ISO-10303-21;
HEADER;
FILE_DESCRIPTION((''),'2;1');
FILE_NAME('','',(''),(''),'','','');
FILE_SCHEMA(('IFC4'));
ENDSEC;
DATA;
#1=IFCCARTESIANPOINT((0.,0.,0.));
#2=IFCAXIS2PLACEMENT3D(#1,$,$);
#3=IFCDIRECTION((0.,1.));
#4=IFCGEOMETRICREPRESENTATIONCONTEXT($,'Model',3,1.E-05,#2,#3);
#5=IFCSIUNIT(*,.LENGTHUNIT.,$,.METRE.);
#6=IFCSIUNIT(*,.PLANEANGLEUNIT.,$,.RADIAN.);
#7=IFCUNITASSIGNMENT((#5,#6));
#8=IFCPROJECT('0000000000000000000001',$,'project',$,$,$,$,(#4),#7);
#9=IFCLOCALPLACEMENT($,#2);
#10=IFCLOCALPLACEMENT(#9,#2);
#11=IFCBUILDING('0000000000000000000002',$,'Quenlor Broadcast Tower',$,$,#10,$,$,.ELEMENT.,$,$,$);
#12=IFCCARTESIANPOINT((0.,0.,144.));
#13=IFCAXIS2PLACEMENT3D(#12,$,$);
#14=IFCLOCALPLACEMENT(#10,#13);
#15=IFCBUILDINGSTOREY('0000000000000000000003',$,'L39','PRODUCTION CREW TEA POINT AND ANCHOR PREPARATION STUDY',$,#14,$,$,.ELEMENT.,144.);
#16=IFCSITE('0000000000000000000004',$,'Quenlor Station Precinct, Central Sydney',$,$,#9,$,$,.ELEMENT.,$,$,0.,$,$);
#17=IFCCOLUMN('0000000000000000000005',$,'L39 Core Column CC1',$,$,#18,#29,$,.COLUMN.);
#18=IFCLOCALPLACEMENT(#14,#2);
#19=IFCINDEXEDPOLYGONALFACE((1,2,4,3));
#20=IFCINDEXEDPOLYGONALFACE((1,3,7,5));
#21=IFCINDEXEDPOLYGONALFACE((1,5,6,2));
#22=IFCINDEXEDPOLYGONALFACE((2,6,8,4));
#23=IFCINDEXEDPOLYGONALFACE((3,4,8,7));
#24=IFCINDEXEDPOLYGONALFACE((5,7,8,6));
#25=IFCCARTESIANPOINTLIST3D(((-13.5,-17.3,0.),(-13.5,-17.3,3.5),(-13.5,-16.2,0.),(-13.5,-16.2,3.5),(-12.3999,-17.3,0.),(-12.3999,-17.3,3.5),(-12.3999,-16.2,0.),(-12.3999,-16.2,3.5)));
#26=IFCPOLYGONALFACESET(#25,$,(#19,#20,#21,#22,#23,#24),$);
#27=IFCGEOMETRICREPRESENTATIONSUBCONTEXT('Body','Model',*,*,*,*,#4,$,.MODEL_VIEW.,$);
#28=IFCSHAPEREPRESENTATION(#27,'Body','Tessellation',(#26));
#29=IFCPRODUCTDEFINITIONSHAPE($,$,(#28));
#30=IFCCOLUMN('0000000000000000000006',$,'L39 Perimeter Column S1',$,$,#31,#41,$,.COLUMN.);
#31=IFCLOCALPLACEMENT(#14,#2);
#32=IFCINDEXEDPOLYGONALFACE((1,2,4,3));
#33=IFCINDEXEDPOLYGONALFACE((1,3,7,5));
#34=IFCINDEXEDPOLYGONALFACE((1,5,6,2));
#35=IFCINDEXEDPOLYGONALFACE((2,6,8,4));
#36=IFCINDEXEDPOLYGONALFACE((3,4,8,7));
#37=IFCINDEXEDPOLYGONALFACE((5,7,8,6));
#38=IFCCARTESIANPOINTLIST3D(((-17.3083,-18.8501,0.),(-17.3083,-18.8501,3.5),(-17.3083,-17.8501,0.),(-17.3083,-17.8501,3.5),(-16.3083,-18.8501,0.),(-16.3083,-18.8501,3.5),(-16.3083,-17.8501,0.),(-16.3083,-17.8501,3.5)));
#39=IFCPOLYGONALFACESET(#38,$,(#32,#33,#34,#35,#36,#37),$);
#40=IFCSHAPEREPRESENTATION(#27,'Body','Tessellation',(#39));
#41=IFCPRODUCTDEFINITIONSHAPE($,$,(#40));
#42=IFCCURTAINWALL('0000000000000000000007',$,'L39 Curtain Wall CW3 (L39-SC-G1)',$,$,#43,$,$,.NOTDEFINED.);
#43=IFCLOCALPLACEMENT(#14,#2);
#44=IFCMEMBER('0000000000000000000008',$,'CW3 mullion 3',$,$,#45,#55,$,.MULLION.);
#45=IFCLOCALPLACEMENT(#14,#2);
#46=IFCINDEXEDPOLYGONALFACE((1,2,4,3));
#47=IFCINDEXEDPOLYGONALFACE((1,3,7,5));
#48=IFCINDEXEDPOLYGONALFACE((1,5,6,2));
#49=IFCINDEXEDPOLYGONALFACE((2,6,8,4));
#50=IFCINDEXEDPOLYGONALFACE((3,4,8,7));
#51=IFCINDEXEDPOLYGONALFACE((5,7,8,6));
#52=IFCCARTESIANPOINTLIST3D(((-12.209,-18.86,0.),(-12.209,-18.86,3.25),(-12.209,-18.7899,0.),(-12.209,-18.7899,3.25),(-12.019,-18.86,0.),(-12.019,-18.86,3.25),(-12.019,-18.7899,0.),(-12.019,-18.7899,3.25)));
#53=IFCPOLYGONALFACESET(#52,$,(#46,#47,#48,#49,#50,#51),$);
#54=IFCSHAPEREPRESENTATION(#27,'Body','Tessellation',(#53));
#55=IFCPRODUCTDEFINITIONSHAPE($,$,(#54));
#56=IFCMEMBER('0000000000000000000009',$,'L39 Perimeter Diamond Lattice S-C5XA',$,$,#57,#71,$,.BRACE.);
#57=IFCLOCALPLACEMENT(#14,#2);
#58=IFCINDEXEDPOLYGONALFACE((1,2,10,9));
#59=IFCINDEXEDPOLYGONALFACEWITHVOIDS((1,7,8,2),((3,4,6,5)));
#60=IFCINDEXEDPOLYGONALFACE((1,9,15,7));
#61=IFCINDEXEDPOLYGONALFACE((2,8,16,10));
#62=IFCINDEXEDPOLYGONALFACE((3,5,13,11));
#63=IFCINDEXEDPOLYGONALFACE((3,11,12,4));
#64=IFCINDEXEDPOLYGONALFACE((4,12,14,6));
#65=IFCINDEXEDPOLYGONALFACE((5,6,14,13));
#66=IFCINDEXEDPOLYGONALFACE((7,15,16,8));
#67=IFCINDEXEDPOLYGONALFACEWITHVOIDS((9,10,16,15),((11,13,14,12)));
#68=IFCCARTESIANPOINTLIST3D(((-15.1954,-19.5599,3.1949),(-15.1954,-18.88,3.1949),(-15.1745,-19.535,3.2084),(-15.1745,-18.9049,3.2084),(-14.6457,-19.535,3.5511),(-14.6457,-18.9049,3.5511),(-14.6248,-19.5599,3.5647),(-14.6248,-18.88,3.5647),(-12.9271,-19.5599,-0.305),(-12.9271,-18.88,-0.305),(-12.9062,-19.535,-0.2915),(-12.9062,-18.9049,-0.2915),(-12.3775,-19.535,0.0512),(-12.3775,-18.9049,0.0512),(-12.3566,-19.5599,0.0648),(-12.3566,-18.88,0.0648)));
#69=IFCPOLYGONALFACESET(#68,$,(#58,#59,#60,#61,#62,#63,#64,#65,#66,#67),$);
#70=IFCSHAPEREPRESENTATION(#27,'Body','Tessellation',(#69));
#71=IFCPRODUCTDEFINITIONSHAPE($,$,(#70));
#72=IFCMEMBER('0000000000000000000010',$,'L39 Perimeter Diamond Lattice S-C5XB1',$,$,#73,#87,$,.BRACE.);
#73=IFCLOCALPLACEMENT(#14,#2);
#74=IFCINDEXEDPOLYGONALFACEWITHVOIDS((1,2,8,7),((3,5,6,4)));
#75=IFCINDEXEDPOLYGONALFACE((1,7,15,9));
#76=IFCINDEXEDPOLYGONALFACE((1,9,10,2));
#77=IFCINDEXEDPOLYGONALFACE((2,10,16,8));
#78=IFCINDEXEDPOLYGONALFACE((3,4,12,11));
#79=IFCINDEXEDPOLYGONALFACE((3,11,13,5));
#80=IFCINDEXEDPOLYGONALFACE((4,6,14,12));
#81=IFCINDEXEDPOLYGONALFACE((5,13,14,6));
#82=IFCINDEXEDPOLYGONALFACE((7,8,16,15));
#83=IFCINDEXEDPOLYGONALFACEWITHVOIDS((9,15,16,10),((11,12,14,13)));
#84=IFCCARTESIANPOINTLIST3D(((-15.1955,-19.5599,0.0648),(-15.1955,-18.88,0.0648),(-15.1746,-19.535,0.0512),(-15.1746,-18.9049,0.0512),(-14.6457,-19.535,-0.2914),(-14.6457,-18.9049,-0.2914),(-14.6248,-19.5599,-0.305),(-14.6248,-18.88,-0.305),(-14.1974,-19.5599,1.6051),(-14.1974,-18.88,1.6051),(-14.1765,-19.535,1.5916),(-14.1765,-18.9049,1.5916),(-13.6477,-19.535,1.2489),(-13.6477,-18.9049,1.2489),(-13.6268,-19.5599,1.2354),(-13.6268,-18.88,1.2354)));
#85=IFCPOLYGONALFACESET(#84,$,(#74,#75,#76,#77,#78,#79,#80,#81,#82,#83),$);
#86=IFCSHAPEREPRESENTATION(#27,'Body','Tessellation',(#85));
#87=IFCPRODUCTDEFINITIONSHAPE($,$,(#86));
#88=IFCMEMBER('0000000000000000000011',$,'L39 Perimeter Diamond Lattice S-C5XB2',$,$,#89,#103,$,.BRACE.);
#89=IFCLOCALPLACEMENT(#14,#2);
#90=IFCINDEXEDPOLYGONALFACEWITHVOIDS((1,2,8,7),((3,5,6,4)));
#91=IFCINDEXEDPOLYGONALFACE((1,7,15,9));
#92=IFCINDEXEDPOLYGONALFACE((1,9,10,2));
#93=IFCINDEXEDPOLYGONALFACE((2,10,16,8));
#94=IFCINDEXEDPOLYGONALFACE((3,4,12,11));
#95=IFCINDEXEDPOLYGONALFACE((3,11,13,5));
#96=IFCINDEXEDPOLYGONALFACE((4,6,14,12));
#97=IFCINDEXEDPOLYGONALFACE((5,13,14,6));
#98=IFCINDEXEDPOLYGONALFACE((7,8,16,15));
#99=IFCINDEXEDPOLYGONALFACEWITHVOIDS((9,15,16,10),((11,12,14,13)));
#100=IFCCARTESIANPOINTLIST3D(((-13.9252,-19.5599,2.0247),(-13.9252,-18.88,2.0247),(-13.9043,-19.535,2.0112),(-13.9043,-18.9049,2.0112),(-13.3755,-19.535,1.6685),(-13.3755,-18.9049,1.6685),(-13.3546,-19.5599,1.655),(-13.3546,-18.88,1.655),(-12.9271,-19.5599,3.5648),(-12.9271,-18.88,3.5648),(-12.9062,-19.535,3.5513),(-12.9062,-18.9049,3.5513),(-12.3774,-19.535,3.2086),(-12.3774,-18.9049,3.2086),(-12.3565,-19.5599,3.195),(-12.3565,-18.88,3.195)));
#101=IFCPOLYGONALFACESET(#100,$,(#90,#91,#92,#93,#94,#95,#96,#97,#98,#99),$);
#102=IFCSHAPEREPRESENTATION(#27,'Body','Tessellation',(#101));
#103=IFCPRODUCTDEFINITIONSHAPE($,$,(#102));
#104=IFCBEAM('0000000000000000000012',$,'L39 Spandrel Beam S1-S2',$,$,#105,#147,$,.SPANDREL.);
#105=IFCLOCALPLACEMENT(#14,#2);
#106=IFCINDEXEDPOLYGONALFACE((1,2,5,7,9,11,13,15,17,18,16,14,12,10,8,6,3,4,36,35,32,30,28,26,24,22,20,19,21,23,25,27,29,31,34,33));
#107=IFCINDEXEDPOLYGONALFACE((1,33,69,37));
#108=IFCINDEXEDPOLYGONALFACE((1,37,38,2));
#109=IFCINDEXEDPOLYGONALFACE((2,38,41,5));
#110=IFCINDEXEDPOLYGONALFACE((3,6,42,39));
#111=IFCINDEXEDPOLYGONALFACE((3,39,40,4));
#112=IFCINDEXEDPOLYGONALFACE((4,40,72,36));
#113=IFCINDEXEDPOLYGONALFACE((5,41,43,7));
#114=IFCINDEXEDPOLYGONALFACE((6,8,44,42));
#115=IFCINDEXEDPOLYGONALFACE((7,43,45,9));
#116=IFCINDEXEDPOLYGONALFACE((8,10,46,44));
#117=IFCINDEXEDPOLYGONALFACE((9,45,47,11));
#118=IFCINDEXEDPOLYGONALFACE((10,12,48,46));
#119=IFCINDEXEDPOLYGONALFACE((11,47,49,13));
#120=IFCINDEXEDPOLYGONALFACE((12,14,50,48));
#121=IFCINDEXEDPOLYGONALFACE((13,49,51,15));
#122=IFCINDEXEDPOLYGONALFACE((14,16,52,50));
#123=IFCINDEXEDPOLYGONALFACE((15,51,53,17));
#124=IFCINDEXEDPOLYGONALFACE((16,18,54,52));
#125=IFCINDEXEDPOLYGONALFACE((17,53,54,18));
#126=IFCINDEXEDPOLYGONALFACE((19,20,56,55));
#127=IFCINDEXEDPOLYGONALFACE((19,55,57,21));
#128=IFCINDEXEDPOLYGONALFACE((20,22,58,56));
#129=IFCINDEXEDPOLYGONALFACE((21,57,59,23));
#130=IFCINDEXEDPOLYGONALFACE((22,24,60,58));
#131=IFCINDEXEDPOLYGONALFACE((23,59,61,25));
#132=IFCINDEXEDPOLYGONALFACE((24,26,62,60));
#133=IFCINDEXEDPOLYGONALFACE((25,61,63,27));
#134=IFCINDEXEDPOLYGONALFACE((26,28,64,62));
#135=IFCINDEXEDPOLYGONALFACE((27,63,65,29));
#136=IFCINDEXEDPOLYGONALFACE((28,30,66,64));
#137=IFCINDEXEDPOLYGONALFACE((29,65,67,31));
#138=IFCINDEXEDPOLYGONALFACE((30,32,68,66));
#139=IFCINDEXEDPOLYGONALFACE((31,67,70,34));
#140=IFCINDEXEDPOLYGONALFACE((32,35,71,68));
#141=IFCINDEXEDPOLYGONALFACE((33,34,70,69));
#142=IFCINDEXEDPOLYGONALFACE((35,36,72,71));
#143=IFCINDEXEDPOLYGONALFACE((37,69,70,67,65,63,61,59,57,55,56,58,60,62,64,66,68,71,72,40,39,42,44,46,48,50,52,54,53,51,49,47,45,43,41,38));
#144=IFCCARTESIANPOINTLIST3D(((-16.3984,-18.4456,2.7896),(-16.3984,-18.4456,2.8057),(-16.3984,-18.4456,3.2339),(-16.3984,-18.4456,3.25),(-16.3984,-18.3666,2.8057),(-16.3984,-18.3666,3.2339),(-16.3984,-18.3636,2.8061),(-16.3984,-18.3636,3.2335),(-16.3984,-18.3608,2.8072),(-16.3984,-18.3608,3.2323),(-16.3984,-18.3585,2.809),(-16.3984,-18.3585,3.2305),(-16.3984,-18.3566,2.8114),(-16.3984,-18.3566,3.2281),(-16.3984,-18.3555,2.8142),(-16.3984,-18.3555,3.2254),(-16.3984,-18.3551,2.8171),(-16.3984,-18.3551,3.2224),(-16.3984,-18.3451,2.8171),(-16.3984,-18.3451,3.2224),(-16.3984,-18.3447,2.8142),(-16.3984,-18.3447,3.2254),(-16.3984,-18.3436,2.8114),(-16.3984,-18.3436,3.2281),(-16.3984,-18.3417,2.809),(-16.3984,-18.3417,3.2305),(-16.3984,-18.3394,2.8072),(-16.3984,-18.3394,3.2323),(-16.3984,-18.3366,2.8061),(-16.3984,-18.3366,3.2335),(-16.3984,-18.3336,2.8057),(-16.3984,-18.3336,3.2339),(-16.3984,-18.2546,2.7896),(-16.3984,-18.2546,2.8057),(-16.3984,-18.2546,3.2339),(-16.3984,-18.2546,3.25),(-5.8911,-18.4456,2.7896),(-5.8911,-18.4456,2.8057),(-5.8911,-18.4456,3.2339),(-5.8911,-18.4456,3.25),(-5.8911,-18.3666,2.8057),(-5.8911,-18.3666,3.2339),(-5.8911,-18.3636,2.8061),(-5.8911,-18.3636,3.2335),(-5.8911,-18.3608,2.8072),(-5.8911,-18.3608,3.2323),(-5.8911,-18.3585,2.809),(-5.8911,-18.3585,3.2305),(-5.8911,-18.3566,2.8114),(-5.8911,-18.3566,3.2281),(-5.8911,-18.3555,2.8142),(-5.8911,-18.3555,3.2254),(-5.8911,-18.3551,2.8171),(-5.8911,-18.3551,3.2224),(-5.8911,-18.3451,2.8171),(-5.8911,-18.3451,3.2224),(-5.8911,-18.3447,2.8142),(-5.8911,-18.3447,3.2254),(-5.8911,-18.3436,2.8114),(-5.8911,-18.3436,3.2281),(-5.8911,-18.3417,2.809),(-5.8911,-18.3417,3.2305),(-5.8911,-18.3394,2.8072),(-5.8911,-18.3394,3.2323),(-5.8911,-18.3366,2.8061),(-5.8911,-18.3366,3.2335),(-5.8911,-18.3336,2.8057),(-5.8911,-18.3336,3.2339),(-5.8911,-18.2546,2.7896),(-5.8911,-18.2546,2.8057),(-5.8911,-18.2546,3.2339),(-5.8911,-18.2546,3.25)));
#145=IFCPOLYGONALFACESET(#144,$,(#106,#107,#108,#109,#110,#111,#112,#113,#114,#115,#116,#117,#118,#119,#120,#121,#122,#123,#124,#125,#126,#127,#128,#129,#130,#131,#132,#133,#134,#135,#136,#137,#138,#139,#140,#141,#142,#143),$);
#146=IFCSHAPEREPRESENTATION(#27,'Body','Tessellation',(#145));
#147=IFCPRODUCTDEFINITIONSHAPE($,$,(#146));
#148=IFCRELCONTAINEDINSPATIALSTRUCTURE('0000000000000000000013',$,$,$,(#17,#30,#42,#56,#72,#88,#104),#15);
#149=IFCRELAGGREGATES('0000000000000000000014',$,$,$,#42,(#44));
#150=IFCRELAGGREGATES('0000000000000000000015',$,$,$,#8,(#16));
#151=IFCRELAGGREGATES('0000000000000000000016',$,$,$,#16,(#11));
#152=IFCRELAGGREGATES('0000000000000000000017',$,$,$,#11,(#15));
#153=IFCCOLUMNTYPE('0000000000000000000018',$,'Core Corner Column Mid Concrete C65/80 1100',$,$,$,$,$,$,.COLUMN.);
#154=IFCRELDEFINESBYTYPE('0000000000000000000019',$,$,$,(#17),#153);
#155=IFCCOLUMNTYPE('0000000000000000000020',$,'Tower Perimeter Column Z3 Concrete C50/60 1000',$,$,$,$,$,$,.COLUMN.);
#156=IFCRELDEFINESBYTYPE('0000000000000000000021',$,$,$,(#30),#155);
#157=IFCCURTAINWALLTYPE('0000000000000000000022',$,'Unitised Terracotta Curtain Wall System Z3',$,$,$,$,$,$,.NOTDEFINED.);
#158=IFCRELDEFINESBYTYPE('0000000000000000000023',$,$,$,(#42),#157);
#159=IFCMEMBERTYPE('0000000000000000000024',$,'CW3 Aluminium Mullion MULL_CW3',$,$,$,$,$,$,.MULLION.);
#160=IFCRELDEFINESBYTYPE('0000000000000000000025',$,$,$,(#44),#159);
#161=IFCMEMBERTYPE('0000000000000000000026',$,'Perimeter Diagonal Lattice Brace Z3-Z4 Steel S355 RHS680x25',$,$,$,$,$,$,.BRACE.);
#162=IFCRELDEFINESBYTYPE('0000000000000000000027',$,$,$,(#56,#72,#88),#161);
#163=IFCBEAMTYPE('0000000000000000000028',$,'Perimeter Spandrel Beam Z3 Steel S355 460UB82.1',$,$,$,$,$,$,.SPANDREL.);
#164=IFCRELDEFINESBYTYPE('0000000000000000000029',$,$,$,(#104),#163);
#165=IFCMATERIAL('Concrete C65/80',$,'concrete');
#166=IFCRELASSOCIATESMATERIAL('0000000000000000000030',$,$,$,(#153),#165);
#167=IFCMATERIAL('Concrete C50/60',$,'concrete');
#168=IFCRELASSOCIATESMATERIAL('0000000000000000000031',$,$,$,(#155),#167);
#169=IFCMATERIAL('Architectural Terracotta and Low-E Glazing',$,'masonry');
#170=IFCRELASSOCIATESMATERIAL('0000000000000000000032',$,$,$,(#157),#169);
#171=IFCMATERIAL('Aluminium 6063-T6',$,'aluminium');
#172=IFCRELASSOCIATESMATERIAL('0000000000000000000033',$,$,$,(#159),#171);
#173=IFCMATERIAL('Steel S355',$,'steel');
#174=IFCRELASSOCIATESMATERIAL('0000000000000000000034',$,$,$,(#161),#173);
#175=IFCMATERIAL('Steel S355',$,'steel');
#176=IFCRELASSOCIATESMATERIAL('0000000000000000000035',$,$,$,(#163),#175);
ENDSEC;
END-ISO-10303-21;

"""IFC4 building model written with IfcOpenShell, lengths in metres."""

from ifc_helpers import new_model, si_unit, direction, frame, origin, origin_2d, place, context, subcontext, project, spatial, rectangle, hollow_rectangle, i_section, extrude, material, material_profile, profile_set, type_object, element, aggregate, save


model = new_model("IFC4")

# Units and contexts
model_context = context("Model", 3, precision=1e-05, world=origin(), true_north=direction((0.0, 1.0)))
body_context = subcontext(model_context, "Body", "Model", "MODEL_VIEW")
ifc_project = project(units=[si_unit("LENGTHUNIT", "METRE"), si_unit("PLANEANGLEUNIT", "RADIAN")], contexts=[model_context])

# Site, building, storey
site_placement = place(None, origin())
site = spatial("IfcSite", under=ifc_project, at=site_placement, Name="Quenlor Station Precinct, Central Sydney", CompositionType="ELEMENT", RefElevation=0.0)
building_placement = place(site_placement, origin())
building = spatial("IfcBuilding", under=site, at=building_placement, Name="Quenlor Broadcast Tower", CompositionType="ELEMENT")
storey_placement = place(building_placement, frame((0.0, 0.0, 144.0)))
storey = spatial("IfcBuildingStorey", under=building, at=storey_placement, Name="L39", Description="PRODUCTION CREW TEA POINT AND ANCHOR PREPARATION STUDY", CompositionType="ELEMENT", Elevation=144.0)

# Columns
ifc_material_1 = material(Name="Concrete C65/80", Category="concrete")
ifc_material_profile_1 = material_profile(ifc_material_1, rectangle(XDim=1.1001, YDim=1.1001, at=origin_2d()))
ifc_profile_set_1 = profile_set([ifc_material_profile_1], Name="Concrete C65/80 RC1100x1100")
column_type_1 = type_object("IfcColumnType", Name="Core Corner Column Mid Concrete C65/80 1100", PredefinedType="COLUMN", material=ifc_profile_set_1)
column_1_placement = place(storey_placement, frame((-12.95, -16.75, 0.0), z_axis=(0.0, 0.0, 1.0), x_axis=(1.0, 0.0, 0.0)))
element("IfcColumn", 1, at=column_1_placement, inside=storey, type_object=column_type_1, Name="L39 Core Column CC1", PredefinedType="COLUMN", context=body_context, shape_type="SweptSolid", body=[
    extrude(rectangle(XDim=1.1001, YDim=1.1001, at=origin_2d()), origin(), (0.0, 0.0, 1.0), 3.5),
])
ifc_material_2 = material(Name="Concrete C50/60", Category="concrete")
ifc_material_profile_2 = material_profile(ifc_material_2, rectangle(XDim=1.0, YDim=1.0, at=origin_2d()))
ifc_profile_set_2 = profile_set([ifc_material_profile_2], Name="Concrete C50/60 RC1000x1000")
column_type_2 = type_object("IfcColumnType", Name="Tower Perimeter Column Z3 Concrete C50/60 1000", PredefinedType="COLUMN", material=ifc_profile_set_2)
column_2_placement = place(storey_placement, frame((-16.8083, -18.3501, 0.0), z_axis=(0.0, 0.0, 1.0), x_axis=(0.0, 1.0, 0.0)))
element("IfcColumn", 2, at=column_2_placement, inside=storey, type_object=column_type_2, Name="L39 Perimeter Column S1", PredefinedType="COLUMN", context=body_context, shape_type="SweptSolid", body=[
    extrude(rectangle(XDim=1.0, YDim=1.0, at=origin_2d()), origin(), (0.0, 0.0, 1.0), 3.5),
])

# Curtain wall, member
ifc_material_3 = material(Name="Architectural Terracotta and Low-E Glazing", Category="masonry")
curtain_wall_type = type_object("IfcCurtainWallType", Name="Unitised Terracotta Curtain Wall System Z3", PredefinedType="NOTDEFINED", material=ifc_material_3)
curtain_wall_placement = place(storey_placement, origin())
curtain_wall = element("IfcCurtainWall", 3, at=curtain_wall_placement, inside=storey, type_object=curtain_wall_type, Name="L39 Curtain Wall CW3 (L39-SC-G1)", PredefinedType="NOTDEFINED")
ifc_material_4 = material(Name="Aluminium 6063-T6", Category="aluminium")
ifc_material_profile_3 = material_profile(ifc_material_4, rectangle(XDim=0.0701, YDim=0.1899, at=origin_2d()))
ifc_profile_set_3 = profile_set([ifc_material_profile_3], Name="Aluminium 6063-T6 MULL70x190")
member_type_1 = type_object("IfcMemberType", Name="CW3 Aluminium Mullion MULL_CW3", PredefinedType="MULLION", material=ifc_profile_set_3)
member_1_placement = place(storey_placement, frame((-12.114, -18.825, 0.0), z_axis=(0.0, 0.0, 1.0), x_axis=(0.0, -1.0, 0.0)))
member_1 = element("IfcMember", 4, at=member_1_placement, type_object=member_type_1, Name="CW3 mullion 3", PredefinedType="MULLION", context=body_context, shape_type="SweptSolid", body=[
    extrude(rectangle(XDim=0.0701, YDim=0.1899, at=origin_2d()), origin(), (0.0, 0.0, 1.0), 3.25),
])

# Members
ifc_material_5 = material(Name="Steel S355", Category="steel")
ifc_material_profile_4 = material_profile(ifc_material_5, hollow_rectangle(XDim=0.6799, YDim=0.6799, WallThickness=0.0249, at=origin_2d()))
ifc_profile_set_4 = profile_set([ifc_material_profile_4], Name="Steel S355 RHS680x680x25")
member_type_2 = type_object("IfcMemberType", Name="Perimeter Diagonal Lattice Brace Z3-Z4 Steel S355 RHS680x25", PredefinedType="BRACE", material=ifc_profile_set_4)
member_2_placement = place(storey_placement, frame((-12.6418, -19.22, -0.1201), z_axis=(-0.54386, 0.0, 0.839176), x_axis=(0.0, -1.0, 0.0)))
element("IfcMember", 5, at=member_2_placement, inside=storey, type_object=member_type_2, Name="L39 Perimeter Diamond Lattice S-C5XA", PredefinedType="BRACE", context=body_context, shape_type="SweptSolid", body=[
    extrude(hollow_rectangle(XDim=0.6799, YDim=0.6799, WallThickness=0.0249, at=origin_2d()), origin(), (0.0, 0.0, 1.0), 4.1707),
])
member_3_placement = place(storey_placement, frame((-14.9102, -19.22, -0.1201), z_axis=(0.543786, 0.0, 0.839224), x_axis=(0.0, 1.0, 0.0)))
element("IfcMember", 6, at=member_3_placement, inside=storey, type_object=member_type_2, Name="L39 Perimeter Diamond Lattice S-C5XB1", PredefinedType="BRACE", context=body_context, shape_type="SweptSolid", body=[
    extrude(hollow_rectangle(XDim=0.6799, YDim=0.6799, WallThickness=0.0249, at=origin_2d()), origin(), (0.0, 0.0, 1.0), 1.8354),
])
member_4_placement = place(storey_placement, frame((-13.6399, -19.22, 1.8398), z_axis=(0.543847, 0.0, 0.839184), x_axis=(0.0, 1.0, 0.0)))
element("IfcMember", 7, at=member_4_placement, inside=storey, type_object=member_type_2, Name="L39 Perimeter Diamond Lattice S-C5XB2", PredefinedType="BRACE", context=body_context, shape_type="SweptSolid", body=[
    extrude(hollow_rectangle(XDim=0.6799, YDim=0.6799, WallThickness=0.0249, at=origin_2d()), origin(), (0.0, 0.0, 1.0), 1.8352),
])

# Beam
ifc_material_6 = material(Name="Steel S355", Category="steel")
ifc_material_profile_5 = material_profile(ifc_material_6, i_section(OverallWidth=0.1909, OverallDepth=0.4604, WebThickness=0.01, FlangeThickness=0.0161, FilletRadius=0.0115, at=origin_2d()))
ifc_profile_set_5 = profile_set([ifc_material_profile_5], Name="Steel S355 460UB82.1")
beam_type_1 = type_object("IfcBeamType", Name="Perimeter Spandrel Beam Z3 Steel S355 460UB82.1", PredefinedType="SPANDREL", material=ifc_profile_set_5)
beam_1_placement = place(storey_placement, frame((-16.3984, -18.3501, 3.0198), z_axis=(1.0, 0.0, 0.0), x_axis=(0.0, 1.0, 0.0)))
element("IfcBeam", 8, at=beam_1_placement, inside=storey, type_object=beam_type_1, Name="L39 Spandrel Beam S1-S2", PredefinedType="SPANDREL", context=body_context, shape_type="SweptSolid", body=[
    extrude(i_section(OverallWidth=0.1909, OverallDepth=0.4604, WebThickness=0.01, FlangeThickness=0.0161, FilletRadius=0.0115, at=origin_2d()), origin(), (0.0, 0.0, 1.0), 10.5073),
])

aggregate(curtain_wall, [member_1])

save(model, "model.ifc")
